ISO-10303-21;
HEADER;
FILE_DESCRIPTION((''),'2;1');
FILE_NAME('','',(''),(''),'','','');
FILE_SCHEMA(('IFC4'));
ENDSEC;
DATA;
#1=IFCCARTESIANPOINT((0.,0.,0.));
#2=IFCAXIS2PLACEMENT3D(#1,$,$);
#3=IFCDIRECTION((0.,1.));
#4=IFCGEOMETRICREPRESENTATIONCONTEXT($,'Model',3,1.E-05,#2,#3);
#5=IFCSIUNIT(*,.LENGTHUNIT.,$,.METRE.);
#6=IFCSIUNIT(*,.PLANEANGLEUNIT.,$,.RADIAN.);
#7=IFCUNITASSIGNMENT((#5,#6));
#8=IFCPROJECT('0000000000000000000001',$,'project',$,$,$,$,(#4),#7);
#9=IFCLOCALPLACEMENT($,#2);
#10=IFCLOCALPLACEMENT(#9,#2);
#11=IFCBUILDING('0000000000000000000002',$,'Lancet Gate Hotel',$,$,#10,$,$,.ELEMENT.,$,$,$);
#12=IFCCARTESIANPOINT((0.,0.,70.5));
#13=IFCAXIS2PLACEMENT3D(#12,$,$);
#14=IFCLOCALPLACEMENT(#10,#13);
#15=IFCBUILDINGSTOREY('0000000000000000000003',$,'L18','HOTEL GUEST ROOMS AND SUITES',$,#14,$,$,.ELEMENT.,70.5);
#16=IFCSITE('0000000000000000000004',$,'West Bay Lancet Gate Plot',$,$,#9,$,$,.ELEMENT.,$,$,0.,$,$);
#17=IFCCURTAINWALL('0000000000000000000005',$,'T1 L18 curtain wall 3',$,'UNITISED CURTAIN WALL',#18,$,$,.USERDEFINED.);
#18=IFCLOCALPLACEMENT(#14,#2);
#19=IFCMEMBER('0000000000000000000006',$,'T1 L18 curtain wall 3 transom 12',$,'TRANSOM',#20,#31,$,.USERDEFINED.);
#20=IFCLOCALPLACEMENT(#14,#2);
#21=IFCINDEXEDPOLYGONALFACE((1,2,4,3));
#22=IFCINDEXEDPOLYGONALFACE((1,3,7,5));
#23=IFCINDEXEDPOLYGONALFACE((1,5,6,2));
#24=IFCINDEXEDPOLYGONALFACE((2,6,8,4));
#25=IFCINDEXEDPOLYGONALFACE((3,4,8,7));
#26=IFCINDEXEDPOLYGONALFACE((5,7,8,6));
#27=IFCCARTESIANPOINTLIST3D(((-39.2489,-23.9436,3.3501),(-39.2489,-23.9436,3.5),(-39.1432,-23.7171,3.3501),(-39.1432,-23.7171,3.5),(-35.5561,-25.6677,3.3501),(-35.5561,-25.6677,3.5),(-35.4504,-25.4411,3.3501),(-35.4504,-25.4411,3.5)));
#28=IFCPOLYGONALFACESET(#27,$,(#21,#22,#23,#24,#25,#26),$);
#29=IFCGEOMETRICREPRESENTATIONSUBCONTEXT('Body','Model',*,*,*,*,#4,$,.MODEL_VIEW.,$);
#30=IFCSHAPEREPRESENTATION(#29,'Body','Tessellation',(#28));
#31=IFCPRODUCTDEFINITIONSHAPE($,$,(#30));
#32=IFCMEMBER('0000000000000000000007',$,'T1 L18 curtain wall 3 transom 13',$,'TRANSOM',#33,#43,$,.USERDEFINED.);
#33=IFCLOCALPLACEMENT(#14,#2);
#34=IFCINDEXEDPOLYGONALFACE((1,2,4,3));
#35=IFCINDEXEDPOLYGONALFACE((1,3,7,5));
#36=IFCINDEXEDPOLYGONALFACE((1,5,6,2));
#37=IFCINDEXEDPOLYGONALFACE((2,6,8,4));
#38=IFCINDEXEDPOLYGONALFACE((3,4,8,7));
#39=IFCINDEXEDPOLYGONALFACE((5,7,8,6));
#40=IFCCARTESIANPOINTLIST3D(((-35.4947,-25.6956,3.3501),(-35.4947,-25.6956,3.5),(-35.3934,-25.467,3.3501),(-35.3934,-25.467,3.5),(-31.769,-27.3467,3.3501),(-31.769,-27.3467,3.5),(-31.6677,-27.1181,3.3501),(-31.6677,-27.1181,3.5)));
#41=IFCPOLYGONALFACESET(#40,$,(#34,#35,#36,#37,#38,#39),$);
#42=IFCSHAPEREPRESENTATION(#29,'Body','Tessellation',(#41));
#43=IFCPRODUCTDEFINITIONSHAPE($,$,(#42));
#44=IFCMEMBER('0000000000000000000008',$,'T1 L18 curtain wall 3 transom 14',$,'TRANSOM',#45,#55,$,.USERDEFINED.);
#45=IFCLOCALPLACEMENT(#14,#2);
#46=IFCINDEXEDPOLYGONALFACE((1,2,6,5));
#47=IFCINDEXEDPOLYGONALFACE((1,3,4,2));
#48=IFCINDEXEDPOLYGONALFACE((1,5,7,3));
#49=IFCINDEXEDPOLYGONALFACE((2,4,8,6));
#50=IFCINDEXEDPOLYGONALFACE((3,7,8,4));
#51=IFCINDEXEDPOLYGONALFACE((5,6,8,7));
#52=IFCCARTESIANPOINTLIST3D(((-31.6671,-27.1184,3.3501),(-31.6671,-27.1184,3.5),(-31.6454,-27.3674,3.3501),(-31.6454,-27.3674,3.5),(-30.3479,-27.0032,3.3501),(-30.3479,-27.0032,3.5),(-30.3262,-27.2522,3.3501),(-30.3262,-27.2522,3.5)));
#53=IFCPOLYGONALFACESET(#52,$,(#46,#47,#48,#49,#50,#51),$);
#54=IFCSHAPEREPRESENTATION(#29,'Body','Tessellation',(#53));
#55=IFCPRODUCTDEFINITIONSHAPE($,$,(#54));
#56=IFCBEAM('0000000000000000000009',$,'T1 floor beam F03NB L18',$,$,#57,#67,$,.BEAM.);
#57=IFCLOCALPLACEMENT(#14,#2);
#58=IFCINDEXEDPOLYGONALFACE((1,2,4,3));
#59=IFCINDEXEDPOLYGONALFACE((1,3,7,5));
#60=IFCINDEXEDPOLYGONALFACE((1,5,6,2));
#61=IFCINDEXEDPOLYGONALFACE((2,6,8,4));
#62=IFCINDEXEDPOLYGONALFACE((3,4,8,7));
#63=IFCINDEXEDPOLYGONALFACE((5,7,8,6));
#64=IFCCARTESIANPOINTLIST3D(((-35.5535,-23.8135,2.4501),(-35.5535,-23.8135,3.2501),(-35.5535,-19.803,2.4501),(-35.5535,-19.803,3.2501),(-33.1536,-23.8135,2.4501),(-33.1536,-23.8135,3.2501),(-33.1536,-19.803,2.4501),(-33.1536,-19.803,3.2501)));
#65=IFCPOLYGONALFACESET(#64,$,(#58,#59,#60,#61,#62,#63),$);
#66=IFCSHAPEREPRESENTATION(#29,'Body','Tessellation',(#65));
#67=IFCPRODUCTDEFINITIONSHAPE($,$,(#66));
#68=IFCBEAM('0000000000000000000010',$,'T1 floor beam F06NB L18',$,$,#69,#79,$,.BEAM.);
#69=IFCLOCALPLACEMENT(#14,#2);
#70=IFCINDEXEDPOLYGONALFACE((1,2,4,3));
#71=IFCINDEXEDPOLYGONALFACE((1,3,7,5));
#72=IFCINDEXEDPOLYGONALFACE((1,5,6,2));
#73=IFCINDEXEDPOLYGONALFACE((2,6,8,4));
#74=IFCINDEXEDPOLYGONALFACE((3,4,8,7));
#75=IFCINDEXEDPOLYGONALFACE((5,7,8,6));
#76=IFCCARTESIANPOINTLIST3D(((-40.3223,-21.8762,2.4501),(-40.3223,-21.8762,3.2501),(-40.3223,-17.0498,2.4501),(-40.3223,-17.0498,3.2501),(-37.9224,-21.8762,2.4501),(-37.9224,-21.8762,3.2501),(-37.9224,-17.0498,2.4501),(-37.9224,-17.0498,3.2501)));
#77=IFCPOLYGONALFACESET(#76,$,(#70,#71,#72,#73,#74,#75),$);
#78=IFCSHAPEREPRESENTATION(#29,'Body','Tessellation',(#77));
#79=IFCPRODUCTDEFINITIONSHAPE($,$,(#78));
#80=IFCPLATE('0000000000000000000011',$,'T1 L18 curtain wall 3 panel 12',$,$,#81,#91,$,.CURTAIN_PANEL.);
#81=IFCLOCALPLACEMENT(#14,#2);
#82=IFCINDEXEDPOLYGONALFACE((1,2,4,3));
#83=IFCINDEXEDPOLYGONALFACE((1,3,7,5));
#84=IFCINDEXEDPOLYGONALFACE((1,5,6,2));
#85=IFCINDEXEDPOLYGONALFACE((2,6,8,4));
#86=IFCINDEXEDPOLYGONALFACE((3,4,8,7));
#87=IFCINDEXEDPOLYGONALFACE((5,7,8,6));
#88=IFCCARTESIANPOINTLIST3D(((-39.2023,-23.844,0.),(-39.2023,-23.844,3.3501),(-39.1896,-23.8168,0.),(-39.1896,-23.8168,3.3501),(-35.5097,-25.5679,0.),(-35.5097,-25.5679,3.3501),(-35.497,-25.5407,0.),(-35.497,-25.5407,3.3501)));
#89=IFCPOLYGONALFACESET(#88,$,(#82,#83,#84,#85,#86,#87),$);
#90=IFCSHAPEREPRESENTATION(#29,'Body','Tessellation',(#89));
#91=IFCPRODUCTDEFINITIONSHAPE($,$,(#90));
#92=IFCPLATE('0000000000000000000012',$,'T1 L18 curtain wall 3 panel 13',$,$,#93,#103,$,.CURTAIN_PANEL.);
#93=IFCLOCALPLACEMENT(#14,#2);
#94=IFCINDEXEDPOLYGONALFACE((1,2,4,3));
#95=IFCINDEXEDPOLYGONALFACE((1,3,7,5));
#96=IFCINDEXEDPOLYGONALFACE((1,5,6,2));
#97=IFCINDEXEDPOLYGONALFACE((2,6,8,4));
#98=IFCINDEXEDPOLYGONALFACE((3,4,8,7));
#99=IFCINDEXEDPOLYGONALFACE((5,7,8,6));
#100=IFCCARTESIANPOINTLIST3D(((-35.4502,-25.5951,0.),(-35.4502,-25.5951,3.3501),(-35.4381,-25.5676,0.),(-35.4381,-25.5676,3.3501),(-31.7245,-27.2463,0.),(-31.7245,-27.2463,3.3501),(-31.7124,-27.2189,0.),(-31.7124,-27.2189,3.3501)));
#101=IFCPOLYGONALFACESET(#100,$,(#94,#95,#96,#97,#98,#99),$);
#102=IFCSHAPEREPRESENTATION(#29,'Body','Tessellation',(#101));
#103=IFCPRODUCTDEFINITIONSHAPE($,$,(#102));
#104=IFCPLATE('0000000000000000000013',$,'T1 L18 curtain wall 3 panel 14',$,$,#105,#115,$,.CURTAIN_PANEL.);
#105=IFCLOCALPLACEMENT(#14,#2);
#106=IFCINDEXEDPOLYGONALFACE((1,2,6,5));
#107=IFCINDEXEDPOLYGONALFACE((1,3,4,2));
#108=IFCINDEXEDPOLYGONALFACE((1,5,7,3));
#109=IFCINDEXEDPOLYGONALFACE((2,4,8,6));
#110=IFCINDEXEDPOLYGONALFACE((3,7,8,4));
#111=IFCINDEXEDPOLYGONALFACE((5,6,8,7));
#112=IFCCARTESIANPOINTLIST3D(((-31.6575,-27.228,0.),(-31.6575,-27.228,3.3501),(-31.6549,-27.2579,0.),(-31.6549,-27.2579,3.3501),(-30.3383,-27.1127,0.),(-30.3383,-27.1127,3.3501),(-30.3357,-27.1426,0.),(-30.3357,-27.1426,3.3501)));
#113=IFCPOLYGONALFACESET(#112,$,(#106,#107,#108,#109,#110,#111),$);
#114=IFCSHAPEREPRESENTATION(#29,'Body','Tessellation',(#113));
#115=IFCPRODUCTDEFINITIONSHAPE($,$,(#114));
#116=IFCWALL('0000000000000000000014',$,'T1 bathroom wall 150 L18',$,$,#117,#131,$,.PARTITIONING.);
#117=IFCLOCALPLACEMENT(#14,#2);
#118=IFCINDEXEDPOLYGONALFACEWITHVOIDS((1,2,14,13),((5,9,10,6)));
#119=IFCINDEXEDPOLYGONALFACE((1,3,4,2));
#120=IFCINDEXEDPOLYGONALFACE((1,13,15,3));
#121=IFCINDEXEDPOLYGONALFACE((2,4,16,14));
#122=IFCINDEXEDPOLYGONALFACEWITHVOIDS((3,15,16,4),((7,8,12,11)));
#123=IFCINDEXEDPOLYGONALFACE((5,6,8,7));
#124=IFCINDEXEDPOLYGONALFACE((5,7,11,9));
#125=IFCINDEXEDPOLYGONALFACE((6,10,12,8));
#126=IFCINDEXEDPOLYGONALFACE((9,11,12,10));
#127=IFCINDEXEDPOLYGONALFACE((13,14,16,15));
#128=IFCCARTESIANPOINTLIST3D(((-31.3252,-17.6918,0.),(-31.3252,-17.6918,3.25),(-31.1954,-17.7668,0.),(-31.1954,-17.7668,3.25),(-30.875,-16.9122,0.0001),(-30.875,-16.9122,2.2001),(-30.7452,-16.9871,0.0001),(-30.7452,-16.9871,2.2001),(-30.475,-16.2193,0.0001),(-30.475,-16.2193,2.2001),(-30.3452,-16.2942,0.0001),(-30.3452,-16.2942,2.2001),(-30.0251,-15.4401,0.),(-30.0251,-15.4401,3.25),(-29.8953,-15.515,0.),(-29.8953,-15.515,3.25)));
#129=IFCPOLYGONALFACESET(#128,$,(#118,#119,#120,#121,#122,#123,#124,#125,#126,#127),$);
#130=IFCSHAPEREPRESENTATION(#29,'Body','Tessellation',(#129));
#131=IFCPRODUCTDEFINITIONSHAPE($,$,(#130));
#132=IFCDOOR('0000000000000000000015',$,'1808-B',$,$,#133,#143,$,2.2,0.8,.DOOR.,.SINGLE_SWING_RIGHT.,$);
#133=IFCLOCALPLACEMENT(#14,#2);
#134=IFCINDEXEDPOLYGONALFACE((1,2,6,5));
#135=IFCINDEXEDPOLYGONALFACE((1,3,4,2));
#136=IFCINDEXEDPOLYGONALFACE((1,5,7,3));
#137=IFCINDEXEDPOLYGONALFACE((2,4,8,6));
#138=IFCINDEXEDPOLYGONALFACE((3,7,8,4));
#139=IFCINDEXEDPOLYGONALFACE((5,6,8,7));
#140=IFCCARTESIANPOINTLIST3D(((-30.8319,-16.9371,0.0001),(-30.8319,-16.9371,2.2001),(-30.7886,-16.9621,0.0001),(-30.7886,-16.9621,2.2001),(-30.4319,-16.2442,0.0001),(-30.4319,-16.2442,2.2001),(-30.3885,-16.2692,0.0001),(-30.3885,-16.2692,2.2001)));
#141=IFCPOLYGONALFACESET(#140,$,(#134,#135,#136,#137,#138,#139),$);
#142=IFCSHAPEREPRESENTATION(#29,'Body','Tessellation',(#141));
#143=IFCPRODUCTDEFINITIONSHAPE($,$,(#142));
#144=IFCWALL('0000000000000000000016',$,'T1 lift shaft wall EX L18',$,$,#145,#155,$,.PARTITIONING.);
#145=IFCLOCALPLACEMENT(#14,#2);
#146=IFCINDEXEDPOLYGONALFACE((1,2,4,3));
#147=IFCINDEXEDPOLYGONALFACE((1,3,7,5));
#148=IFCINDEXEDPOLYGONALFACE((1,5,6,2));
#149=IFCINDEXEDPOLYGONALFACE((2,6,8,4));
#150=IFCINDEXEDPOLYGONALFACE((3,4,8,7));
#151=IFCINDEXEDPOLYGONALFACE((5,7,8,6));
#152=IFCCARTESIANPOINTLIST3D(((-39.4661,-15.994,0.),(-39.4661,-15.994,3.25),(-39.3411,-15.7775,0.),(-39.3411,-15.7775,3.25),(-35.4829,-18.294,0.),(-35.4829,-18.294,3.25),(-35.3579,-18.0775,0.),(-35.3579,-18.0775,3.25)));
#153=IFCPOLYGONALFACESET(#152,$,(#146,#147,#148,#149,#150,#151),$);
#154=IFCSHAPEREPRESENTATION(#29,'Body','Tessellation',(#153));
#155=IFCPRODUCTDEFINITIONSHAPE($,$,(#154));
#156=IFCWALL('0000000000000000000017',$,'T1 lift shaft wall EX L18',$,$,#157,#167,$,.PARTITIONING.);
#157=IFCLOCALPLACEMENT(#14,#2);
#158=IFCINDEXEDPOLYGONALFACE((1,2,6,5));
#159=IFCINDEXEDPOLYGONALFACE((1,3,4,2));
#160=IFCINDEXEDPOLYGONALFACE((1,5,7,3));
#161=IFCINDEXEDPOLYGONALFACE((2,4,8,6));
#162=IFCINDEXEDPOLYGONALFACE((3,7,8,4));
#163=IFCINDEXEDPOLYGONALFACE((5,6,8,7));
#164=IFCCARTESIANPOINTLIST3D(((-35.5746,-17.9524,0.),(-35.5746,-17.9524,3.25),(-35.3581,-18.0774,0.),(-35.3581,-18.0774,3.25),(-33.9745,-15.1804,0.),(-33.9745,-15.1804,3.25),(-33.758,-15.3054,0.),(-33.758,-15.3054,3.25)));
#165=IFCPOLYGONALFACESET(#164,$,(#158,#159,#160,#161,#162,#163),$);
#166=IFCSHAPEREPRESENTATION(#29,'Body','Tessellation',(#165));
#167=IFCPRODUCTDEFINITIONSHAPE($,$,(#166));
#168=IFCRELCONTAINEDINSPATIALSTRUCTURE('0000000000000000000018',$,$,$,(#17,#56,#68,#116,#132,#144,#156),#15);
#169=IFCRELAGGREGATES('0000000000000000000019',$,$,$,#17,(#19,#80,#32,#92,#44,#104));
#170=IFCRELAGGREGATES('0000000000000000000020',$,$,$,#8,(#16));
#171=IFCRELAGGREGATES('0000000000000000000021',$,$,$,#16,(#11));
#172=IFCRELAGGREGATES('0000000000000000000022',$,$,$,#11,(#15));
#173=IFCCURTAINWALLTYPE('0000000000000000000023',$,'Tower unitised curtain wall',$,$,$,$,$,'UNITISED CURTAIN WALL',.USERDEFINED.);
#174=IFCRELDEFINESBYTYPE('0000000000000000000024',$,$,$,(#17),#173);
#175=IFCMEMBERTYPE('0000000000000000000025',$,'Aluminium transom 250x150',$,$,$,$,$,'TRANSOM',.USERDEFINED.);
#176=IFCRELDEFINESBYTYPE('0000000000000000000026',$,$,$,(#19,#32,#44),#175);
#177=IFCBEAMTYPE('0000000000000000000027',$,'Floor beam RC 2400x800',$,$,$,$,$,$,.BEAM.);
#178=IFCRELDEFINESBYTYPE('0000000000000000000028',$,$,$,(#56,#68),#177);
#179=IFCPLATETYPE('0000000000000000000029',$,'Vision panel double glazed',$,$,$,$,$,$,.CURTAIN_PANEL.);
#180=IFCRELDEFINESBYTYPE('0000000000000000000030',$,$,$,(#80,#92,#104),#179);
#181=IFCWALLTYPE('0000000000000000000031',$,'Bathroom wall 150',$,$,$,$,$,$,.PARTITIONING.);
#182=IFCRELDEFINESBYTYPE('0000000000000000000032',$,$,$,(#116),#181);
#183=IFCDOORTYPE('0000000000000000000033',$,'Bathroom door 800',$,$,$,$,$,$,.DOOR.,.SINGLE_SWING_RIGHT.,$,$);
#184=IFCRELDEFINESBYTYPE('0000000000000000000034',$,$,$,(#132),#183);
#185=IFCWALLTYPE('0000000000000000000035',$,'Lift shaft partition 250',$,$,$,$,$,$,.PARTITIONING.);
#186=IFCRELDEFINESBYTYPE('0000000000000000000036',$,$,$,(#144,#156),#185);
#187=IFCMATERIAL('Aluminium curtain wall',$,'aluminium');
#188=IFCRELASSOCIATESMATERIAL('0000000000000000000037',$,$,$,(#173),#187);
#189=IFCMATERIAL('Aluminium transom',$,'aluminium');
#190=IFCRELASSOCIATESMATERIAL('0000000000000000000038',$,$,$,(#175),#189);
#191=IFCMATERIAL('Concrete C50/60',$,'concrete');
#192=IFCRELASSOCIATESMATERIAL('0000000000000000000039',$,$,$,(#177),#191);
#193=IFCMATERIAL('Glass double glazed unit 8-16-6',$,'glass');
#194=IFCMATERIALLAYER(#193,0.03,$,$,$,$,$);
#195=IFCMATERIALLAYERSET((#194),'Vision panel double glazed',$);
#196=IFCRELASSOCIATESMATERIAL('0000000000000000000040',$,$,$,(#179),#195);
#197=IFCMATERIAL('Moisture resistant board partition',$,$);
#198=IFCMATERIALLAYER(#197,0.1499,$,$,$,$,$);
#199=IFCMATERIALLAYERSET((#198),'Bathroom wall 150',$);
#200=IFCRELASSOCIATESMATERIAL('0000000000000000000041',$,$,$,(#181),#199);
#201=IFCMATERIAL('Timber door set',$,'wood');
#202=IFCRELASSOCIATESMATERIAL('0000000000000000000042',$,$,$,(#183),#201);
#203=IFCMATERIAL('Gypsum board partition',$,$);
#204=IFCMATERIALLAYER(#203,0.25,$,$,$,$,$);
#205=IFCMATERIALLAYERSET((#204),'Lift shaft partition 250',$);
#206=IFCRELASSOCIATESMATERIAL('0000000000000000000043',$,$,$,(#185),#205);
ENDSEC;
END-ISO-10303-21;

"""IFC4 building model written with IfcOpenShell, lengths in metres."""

from ifc_helpers import new_model, si_unit, direction, frame, frame_2d, origin, origin_2d, place, context, subcontext, project, spatial, rectangle, extrude, material, layer, layer_set, material_profile, profile_set, type_object, element, fill, aggregate, save


model = new_model("IFC4")

# Units and contexts
model_context = context("Model", 3, precision=1e-05, world=origin(), true_north=direction((0.0, 1.0)))
body_context = subcontext(model_context, "Body", "Model", "MODEL_VIEW")
ifc_project = project(units=[si_unit("LENGTHUNIT", "METRE"), si_unit("PLANEANGLEUNIT", "RADIAN")], contexts=[model_context])

# Site, building, storey
site_placement = place(None, origin())
site = spatial("IfcSite", under=ifc_project, at=site_placement, Name="West Bay Lancet Gate Plot", CompositionType="ELEMENT", RefElevation=0.0)
building_placement = place(site_placement, origin())
building = spatial("IfcBuilding", under=site, at=building_placement, Name="Lancet Gate Hotel", CompositionType="ELEMENT")
storey_placement = place(building_placement, frame((0.0, 0.0, 70.5)))
storey = spatial("IfcBuildingStorey", under=building, at=storey_placement, Name="L18", Description="HOTEL GUEST ROOMS AND SUITES", CompositionType="ELEMENT", Elevation=70.5)

# Curtain wall, members
ifc_material_1 = material(Name="Aluminium curtain wall", Category="aluminium")
curtain_wall_type = type_object("IfcCurtainWallType", Name="Tower unitised curtain wall", ElementType="UNITISED CURTAIN WALL", PredefinedType="USERDEFINED", material=ifc_material_1)
curtain_wall_placement = place(storey_placement, origin())
curtain_wall = element("IfcCurtainWall", 1, at=curtain_wall_placement, inside=storey, type_object=curtain_wall_type, Name="T1 L18 curtain wall 3", ObjectType="UNITISED CURTAIN WALL", PredefinedType="USERDEFINED")
ifc_material_2 = material(Name="Aluminium transom", Category="aluminium")
ifc_material_profile_1 = material_profile(ifc_material_2, rectangle(XDim=0.25, YDim=0.1499, at=origin_2d()), Name="TRANSOM 250x150")
ifc_profile_set_1 = profile_set([ifc_material_profile_1], Name="Aluminium transom")
member_type_1 = type_object("IfcMemberType", Name="Aluminium transom 250x150", ElementType="TRANSOM", PredefinedType="USERDEFINED", material=ifc_profile_set_1)
member_1_placement = place(storey_placement, frame((-39.196, -23.8303, 3.425), z_axis=(0.90611, -0.423043, 0.0), x_axis=(0.423043, 0.90611, 0.0)))
member_1 = element("IfcMember", 2, at=member_1_placement, type_object=member_type_1, Name="T1 L18 curtain wall 3 transom 12", ObjectType="TRANSOM", PredefinedType="USERDEFINED", context=body_context, shape_type="SweptSolid", body=[
    extrude(rectangle(XDim=0.25, YDim=0.1499, at=origin_2d()), origin(), (0.0, 0.0, 1.0), 4.0754),
])
member_2_placement = place(storey_placement, frame((-35.4441, -25.5813, 3.425), z_axis=(0.914248, -0.405154, 0.0), x_axis=(0.405154, 0.914248, 0.0)))
member_2 = element("IfcMember", 3, at=member_2_placement, type_object=member_type_1, Name="T1 L18 curtain wall 3 transom 13", ObjectType="TRANSOM", PredefinedType="USERDEFINED", context=body_context, shape_type="SweptSolid", body=[
    extrude(rectangle(XDim=0.25, YDim=0.1499, at=origin_2d()), origin(), (0.0, 0.0, 1.0), 4.0752),
])
member_3_placement = place(storey_placement, frame((-31.6562, -27.2429, 3.425), z_axis=(0.996206, 0.087027, 0.0), x_axis=(-0.087027, 0.996206, 0.0)))
member_3 = element("IfcMember", 4, at=member_3_placement, type_object=member_type_1, Name="T1 L18 curtain wall 3 transom 14", ObjectType="TRANSOM", PredefinedType="USERDEFINED", context=body_context, shape_type="SweptSolid", body=[
    extrude(rectangle(XDim=0.25, YDim=0.1499, at=origin_2d()), origin(), (0.0, 0.0, 1.0), 1.3242),
])

# Beams
ifc_material_3 = material(Name="Concrete C50/60", Category="concrete")
ifc_material_profile_2 = material_profile(ifc_material_3, rectangle(XDim=2.3999, YDim=0.8, at=origin_2d()), Name="RC 2400x800")
ifc_profile_set_2 = profile_set([ifc_material_profile_2], Name="Concrete C50/60")
beam_type = type_object("IfcBeamType", Name="Floor beam RC 2400x800", PredefinedType="BEAM", material=ifc_profile_set_2)
beam_1_placement = place(storey_placement, frame((-34.3535, -19.803, 2.8501), z_axis=(0.0, -1.0, 0.0), x_axis=(1.0, 0.0, 0.0)))
element("IfcBeam", 5, at=beam_1_placement, inside=storey, type_object=beam_type, Name="T1 floor beam F03NB L18", PredefinedType="BEAM", context=body_context, shape_type="SweptSolid", body=[
    extrude(rectangle(XDim=2.3999, YDim=0.8, at=origin_2d()), origin(), (0.0, 0.0, 1.0), 4.0105),
])
beam_2_placement = place(storey_placement, frame((-39.1223, -17.0498, 2.8501), z_axis=(0.0, -1.0, 0.0), x_axis=(1.0, 0.0, 0.0)))
element("IfcBeam", 6, at=beam_2_placement, inside=storey, type_object=beam_type, Name="T1 floor beam F06NB L18", PredefinedType="BEAM", context=body_context, shape_type="SweptSolid", body=[
    extrude(rectangle(XDim=2.3999, YDim=0.8, at=origin_2d()), origin(), (0.0, 0.0, 1.0), 4.8264),
])

# Plates
ifc_material_4 = material(Name="Glass double glazed unit 8-16-6", Category="glass")
ifc_layer_1 = layer(ifc_material_4, 0.03)
ifc_layer_set_1 = layer_set([ifc_layer_1], Name="Vision panel double glazed")
plate_type = type_object("IfcPlateType", Name="Vision panel double glazed", PredefinedType="CURTAIN_PANEL", material=ifc_layer_set_1)
plate_1_placement = place(storey_placement, frame((-37.3496, -24.6924, 0.0), z_axis=(0.0, 0.0, 1.0), x_axis=(0.906118, -0.423026, 0.0)))
plate_1 = element("IfcPlate", 7, at=plate_1_placement, type_object=plate_type, Name="T1 L18 curtain wall 3 panel 12", PredefinedType="CURTAIN_PANEL", context=body_context, shape_type="SweptSolid", body=[
    extrude(rectangle(XDim=4.0752, YDim=0.03, at=origin_2d()), origin(), (0.0, 0.0, 1.0), 3.3501),
])
plate_2_placement = place(storey_placement, frame((-33.5813, -26.407, 0.0), z_axis=(0.0, 0.0, 1.0), x_axis=(0.914234, -0.405186, 0.0)))
plate_2 = element("IfcPlate", 8, at=plate_2_placement, type_object=plate_type, Name="T1 L18 curtain wall 3 panel 13", PredefinedType="CURTAIN_PANEL", context=body_context, shape_type="SweptSolid", body=[
    extrude(rectangle(XDim=4.0752, YDim=0.03, at=origin_2d()), origin(), (0.0, 0.0, 1.0), 3.3501),
])
plate_3_placement = place(storey_placement, frame((-30.9966, -27.1853, 0.0), z_axis=(0.0, 0.0, 1.0), x_axis=(0.996204, 0.087052, 0.0)))
plate_3 = element("IfcPlate", 9, at=plate_3_placement, type_object=plate_type, Name="T1 L18 curtain wall 3 panel 14", PredefinedType="CURTAIN_PANEL", context=body_context, shape_type="SweptSolid", body=[
    extrude(rectangle(XDim=1.3242, YDim=0.03, at=origin_2d()), origin(), (0.0, 0.0, 1.0), 3.3501),
])
aggregate(curtain_wall, [member_1, plate_1, member_2, plate_2, member_3, plate_3])

# Wall, opening, door
ifc_material_5 = material(Name="Moisture resistant board partition")
ifc_layer_2 = layer(ifc_material_5, 0.1499)
ifc_layer_set_2 = layer_set([ifc_layer_2], Name="Bathroom wall 150")
wall_type_1 = type_object("IfcWallType", Name="Bathroom wall 150", PredefinedType="PARTITIONING", material=ifc_layer_set_2)
wall_1_placement = place(storey_placement, frame((-29.9602, -15.4775, 0.0), z_axis=(0.0, 0.0, 1.0), x_axis=(-0.500007, -0.866021, 0.0)))
wall_1 = element("IfcWall", 10, at=wall_1_placement, inside=storey, type_object=wall_type_1, Name="T1 bathroom wall 150 L18", PredefinedType="PARTITIONING", context=body_context, shape_type="SweptSolid", body=[
    extrude(rectangle(XDim=2.6001, YDim=0.1499, at=frame_2d((1.3, 0.0))), origin(), (0.0, 0.0, 1.0), 3.25),
])
opening_placement = place(wall_1_placement, frame((0.8999, 0.0, 0.0)))
opening = element("IfcOpeningElement", 11, at=opening_placement, cuts=wall_1, PredefinedType="OPENING", context=body_context, shape_type="SweptSolid", body=[
    extrude(rectangle(XDim=0.8, YDim=2.2, at=frame_2d((0.3999, 1.1001))), frame((0.0, 0.085, 0.0), z_axis=(0.0, -1.0, 0.0), x_axis=(1.0, 0.0, 0.0)), (0.0, 0.0, 1.0), 0.1699),
])
ifc_material_6 = material(Name="Timber door set", Category="wood")
door_type = type_object("IfcDoorType", Name="Bathroom door 800", OperationType="SINGLE_SWING_RIGHT", PredefinedType="DOOR", material=ifc_material_6)
door_placement = place(opening_placement, origin())
door = element("IfcDoor", 12, at=door_placement, inside=storey, type_object=door_type, Name="1808-B", OperationType="SINGLE_SWING_RIGHT", OverallHeight=2.2, OverallWidth=0.8, PredefinedType="DOOR", context=body_context, shape_type="SweptSolid", body=[
    extrude(rectangle(XDim=0.8, YDim=2.2, at=frame_2d((0.3999, 1.1001))), frame((0.0, 0.0249, 0.0), z_axis=(0.0, -1.0, 0.0), x_axis=(1.0, 0.0, 0.0)), (0.0, 0.0, 1.0), 0.05),
])
fill(opening, door)

# Walls
ifc_material_7 = material(Name="Gypsum board partition")
ifc_layer_3 = layer(ifc_material_7, 0.25)
ifc_layer_set_3 = layer_set([ifc_layer_3], Name="Lift shaft partition 250")
wall_type_2 = type_object("IfcWallType", Name="Lift shaft partition 250", PredefinedType="PARTITIONING", material=ifc_layer_set_3)
wall_2_placement = place(storey_placement, frame((-35.4204, -18.1858, 0.0), z_axis=(0.0, 0.0, 1.0), x_axis=(-0.86599, 0.500061, 0.0)))
element("IfcWall", 13, at=wall_2_placement, inside=storey, type_object=wall_type_2, Name="T1 lift shaft wall EX L18", PredefinedType="PARTITIONING", context=body_context, shape_type="SweptSolid", body=[
    extrude(rectangle(XDim=4.5996, YDim=0.25, at=frame_2d((2.2998, 0.0))), origin(), (0.0, 0.0, 1.0), 3.25),
])
wall_3_placement = place(storey_placement, frame((-33.8662, -15.2429, 0.0), z_axis=(0.0, 0.0, 1.0), x_axis=(-0.499929, -0.866066, 0.0)))
element("IfcWall", 14, at=wall_3_placement, inside=storey, type_object=wall_type_2, Name="T1 lift shaft wall EX L18", PredefinedType="PARTITIONING", context=body_context, shape_type="SweptSolid", body=[
    extrude(rectangle(XDim=3.2007, YDim=0.25, at=frame_2d((1.6003, 0.0))), origin(), (0.0, 0.0, 1.0), 3.25),
])

save(model, "model.ifc")
